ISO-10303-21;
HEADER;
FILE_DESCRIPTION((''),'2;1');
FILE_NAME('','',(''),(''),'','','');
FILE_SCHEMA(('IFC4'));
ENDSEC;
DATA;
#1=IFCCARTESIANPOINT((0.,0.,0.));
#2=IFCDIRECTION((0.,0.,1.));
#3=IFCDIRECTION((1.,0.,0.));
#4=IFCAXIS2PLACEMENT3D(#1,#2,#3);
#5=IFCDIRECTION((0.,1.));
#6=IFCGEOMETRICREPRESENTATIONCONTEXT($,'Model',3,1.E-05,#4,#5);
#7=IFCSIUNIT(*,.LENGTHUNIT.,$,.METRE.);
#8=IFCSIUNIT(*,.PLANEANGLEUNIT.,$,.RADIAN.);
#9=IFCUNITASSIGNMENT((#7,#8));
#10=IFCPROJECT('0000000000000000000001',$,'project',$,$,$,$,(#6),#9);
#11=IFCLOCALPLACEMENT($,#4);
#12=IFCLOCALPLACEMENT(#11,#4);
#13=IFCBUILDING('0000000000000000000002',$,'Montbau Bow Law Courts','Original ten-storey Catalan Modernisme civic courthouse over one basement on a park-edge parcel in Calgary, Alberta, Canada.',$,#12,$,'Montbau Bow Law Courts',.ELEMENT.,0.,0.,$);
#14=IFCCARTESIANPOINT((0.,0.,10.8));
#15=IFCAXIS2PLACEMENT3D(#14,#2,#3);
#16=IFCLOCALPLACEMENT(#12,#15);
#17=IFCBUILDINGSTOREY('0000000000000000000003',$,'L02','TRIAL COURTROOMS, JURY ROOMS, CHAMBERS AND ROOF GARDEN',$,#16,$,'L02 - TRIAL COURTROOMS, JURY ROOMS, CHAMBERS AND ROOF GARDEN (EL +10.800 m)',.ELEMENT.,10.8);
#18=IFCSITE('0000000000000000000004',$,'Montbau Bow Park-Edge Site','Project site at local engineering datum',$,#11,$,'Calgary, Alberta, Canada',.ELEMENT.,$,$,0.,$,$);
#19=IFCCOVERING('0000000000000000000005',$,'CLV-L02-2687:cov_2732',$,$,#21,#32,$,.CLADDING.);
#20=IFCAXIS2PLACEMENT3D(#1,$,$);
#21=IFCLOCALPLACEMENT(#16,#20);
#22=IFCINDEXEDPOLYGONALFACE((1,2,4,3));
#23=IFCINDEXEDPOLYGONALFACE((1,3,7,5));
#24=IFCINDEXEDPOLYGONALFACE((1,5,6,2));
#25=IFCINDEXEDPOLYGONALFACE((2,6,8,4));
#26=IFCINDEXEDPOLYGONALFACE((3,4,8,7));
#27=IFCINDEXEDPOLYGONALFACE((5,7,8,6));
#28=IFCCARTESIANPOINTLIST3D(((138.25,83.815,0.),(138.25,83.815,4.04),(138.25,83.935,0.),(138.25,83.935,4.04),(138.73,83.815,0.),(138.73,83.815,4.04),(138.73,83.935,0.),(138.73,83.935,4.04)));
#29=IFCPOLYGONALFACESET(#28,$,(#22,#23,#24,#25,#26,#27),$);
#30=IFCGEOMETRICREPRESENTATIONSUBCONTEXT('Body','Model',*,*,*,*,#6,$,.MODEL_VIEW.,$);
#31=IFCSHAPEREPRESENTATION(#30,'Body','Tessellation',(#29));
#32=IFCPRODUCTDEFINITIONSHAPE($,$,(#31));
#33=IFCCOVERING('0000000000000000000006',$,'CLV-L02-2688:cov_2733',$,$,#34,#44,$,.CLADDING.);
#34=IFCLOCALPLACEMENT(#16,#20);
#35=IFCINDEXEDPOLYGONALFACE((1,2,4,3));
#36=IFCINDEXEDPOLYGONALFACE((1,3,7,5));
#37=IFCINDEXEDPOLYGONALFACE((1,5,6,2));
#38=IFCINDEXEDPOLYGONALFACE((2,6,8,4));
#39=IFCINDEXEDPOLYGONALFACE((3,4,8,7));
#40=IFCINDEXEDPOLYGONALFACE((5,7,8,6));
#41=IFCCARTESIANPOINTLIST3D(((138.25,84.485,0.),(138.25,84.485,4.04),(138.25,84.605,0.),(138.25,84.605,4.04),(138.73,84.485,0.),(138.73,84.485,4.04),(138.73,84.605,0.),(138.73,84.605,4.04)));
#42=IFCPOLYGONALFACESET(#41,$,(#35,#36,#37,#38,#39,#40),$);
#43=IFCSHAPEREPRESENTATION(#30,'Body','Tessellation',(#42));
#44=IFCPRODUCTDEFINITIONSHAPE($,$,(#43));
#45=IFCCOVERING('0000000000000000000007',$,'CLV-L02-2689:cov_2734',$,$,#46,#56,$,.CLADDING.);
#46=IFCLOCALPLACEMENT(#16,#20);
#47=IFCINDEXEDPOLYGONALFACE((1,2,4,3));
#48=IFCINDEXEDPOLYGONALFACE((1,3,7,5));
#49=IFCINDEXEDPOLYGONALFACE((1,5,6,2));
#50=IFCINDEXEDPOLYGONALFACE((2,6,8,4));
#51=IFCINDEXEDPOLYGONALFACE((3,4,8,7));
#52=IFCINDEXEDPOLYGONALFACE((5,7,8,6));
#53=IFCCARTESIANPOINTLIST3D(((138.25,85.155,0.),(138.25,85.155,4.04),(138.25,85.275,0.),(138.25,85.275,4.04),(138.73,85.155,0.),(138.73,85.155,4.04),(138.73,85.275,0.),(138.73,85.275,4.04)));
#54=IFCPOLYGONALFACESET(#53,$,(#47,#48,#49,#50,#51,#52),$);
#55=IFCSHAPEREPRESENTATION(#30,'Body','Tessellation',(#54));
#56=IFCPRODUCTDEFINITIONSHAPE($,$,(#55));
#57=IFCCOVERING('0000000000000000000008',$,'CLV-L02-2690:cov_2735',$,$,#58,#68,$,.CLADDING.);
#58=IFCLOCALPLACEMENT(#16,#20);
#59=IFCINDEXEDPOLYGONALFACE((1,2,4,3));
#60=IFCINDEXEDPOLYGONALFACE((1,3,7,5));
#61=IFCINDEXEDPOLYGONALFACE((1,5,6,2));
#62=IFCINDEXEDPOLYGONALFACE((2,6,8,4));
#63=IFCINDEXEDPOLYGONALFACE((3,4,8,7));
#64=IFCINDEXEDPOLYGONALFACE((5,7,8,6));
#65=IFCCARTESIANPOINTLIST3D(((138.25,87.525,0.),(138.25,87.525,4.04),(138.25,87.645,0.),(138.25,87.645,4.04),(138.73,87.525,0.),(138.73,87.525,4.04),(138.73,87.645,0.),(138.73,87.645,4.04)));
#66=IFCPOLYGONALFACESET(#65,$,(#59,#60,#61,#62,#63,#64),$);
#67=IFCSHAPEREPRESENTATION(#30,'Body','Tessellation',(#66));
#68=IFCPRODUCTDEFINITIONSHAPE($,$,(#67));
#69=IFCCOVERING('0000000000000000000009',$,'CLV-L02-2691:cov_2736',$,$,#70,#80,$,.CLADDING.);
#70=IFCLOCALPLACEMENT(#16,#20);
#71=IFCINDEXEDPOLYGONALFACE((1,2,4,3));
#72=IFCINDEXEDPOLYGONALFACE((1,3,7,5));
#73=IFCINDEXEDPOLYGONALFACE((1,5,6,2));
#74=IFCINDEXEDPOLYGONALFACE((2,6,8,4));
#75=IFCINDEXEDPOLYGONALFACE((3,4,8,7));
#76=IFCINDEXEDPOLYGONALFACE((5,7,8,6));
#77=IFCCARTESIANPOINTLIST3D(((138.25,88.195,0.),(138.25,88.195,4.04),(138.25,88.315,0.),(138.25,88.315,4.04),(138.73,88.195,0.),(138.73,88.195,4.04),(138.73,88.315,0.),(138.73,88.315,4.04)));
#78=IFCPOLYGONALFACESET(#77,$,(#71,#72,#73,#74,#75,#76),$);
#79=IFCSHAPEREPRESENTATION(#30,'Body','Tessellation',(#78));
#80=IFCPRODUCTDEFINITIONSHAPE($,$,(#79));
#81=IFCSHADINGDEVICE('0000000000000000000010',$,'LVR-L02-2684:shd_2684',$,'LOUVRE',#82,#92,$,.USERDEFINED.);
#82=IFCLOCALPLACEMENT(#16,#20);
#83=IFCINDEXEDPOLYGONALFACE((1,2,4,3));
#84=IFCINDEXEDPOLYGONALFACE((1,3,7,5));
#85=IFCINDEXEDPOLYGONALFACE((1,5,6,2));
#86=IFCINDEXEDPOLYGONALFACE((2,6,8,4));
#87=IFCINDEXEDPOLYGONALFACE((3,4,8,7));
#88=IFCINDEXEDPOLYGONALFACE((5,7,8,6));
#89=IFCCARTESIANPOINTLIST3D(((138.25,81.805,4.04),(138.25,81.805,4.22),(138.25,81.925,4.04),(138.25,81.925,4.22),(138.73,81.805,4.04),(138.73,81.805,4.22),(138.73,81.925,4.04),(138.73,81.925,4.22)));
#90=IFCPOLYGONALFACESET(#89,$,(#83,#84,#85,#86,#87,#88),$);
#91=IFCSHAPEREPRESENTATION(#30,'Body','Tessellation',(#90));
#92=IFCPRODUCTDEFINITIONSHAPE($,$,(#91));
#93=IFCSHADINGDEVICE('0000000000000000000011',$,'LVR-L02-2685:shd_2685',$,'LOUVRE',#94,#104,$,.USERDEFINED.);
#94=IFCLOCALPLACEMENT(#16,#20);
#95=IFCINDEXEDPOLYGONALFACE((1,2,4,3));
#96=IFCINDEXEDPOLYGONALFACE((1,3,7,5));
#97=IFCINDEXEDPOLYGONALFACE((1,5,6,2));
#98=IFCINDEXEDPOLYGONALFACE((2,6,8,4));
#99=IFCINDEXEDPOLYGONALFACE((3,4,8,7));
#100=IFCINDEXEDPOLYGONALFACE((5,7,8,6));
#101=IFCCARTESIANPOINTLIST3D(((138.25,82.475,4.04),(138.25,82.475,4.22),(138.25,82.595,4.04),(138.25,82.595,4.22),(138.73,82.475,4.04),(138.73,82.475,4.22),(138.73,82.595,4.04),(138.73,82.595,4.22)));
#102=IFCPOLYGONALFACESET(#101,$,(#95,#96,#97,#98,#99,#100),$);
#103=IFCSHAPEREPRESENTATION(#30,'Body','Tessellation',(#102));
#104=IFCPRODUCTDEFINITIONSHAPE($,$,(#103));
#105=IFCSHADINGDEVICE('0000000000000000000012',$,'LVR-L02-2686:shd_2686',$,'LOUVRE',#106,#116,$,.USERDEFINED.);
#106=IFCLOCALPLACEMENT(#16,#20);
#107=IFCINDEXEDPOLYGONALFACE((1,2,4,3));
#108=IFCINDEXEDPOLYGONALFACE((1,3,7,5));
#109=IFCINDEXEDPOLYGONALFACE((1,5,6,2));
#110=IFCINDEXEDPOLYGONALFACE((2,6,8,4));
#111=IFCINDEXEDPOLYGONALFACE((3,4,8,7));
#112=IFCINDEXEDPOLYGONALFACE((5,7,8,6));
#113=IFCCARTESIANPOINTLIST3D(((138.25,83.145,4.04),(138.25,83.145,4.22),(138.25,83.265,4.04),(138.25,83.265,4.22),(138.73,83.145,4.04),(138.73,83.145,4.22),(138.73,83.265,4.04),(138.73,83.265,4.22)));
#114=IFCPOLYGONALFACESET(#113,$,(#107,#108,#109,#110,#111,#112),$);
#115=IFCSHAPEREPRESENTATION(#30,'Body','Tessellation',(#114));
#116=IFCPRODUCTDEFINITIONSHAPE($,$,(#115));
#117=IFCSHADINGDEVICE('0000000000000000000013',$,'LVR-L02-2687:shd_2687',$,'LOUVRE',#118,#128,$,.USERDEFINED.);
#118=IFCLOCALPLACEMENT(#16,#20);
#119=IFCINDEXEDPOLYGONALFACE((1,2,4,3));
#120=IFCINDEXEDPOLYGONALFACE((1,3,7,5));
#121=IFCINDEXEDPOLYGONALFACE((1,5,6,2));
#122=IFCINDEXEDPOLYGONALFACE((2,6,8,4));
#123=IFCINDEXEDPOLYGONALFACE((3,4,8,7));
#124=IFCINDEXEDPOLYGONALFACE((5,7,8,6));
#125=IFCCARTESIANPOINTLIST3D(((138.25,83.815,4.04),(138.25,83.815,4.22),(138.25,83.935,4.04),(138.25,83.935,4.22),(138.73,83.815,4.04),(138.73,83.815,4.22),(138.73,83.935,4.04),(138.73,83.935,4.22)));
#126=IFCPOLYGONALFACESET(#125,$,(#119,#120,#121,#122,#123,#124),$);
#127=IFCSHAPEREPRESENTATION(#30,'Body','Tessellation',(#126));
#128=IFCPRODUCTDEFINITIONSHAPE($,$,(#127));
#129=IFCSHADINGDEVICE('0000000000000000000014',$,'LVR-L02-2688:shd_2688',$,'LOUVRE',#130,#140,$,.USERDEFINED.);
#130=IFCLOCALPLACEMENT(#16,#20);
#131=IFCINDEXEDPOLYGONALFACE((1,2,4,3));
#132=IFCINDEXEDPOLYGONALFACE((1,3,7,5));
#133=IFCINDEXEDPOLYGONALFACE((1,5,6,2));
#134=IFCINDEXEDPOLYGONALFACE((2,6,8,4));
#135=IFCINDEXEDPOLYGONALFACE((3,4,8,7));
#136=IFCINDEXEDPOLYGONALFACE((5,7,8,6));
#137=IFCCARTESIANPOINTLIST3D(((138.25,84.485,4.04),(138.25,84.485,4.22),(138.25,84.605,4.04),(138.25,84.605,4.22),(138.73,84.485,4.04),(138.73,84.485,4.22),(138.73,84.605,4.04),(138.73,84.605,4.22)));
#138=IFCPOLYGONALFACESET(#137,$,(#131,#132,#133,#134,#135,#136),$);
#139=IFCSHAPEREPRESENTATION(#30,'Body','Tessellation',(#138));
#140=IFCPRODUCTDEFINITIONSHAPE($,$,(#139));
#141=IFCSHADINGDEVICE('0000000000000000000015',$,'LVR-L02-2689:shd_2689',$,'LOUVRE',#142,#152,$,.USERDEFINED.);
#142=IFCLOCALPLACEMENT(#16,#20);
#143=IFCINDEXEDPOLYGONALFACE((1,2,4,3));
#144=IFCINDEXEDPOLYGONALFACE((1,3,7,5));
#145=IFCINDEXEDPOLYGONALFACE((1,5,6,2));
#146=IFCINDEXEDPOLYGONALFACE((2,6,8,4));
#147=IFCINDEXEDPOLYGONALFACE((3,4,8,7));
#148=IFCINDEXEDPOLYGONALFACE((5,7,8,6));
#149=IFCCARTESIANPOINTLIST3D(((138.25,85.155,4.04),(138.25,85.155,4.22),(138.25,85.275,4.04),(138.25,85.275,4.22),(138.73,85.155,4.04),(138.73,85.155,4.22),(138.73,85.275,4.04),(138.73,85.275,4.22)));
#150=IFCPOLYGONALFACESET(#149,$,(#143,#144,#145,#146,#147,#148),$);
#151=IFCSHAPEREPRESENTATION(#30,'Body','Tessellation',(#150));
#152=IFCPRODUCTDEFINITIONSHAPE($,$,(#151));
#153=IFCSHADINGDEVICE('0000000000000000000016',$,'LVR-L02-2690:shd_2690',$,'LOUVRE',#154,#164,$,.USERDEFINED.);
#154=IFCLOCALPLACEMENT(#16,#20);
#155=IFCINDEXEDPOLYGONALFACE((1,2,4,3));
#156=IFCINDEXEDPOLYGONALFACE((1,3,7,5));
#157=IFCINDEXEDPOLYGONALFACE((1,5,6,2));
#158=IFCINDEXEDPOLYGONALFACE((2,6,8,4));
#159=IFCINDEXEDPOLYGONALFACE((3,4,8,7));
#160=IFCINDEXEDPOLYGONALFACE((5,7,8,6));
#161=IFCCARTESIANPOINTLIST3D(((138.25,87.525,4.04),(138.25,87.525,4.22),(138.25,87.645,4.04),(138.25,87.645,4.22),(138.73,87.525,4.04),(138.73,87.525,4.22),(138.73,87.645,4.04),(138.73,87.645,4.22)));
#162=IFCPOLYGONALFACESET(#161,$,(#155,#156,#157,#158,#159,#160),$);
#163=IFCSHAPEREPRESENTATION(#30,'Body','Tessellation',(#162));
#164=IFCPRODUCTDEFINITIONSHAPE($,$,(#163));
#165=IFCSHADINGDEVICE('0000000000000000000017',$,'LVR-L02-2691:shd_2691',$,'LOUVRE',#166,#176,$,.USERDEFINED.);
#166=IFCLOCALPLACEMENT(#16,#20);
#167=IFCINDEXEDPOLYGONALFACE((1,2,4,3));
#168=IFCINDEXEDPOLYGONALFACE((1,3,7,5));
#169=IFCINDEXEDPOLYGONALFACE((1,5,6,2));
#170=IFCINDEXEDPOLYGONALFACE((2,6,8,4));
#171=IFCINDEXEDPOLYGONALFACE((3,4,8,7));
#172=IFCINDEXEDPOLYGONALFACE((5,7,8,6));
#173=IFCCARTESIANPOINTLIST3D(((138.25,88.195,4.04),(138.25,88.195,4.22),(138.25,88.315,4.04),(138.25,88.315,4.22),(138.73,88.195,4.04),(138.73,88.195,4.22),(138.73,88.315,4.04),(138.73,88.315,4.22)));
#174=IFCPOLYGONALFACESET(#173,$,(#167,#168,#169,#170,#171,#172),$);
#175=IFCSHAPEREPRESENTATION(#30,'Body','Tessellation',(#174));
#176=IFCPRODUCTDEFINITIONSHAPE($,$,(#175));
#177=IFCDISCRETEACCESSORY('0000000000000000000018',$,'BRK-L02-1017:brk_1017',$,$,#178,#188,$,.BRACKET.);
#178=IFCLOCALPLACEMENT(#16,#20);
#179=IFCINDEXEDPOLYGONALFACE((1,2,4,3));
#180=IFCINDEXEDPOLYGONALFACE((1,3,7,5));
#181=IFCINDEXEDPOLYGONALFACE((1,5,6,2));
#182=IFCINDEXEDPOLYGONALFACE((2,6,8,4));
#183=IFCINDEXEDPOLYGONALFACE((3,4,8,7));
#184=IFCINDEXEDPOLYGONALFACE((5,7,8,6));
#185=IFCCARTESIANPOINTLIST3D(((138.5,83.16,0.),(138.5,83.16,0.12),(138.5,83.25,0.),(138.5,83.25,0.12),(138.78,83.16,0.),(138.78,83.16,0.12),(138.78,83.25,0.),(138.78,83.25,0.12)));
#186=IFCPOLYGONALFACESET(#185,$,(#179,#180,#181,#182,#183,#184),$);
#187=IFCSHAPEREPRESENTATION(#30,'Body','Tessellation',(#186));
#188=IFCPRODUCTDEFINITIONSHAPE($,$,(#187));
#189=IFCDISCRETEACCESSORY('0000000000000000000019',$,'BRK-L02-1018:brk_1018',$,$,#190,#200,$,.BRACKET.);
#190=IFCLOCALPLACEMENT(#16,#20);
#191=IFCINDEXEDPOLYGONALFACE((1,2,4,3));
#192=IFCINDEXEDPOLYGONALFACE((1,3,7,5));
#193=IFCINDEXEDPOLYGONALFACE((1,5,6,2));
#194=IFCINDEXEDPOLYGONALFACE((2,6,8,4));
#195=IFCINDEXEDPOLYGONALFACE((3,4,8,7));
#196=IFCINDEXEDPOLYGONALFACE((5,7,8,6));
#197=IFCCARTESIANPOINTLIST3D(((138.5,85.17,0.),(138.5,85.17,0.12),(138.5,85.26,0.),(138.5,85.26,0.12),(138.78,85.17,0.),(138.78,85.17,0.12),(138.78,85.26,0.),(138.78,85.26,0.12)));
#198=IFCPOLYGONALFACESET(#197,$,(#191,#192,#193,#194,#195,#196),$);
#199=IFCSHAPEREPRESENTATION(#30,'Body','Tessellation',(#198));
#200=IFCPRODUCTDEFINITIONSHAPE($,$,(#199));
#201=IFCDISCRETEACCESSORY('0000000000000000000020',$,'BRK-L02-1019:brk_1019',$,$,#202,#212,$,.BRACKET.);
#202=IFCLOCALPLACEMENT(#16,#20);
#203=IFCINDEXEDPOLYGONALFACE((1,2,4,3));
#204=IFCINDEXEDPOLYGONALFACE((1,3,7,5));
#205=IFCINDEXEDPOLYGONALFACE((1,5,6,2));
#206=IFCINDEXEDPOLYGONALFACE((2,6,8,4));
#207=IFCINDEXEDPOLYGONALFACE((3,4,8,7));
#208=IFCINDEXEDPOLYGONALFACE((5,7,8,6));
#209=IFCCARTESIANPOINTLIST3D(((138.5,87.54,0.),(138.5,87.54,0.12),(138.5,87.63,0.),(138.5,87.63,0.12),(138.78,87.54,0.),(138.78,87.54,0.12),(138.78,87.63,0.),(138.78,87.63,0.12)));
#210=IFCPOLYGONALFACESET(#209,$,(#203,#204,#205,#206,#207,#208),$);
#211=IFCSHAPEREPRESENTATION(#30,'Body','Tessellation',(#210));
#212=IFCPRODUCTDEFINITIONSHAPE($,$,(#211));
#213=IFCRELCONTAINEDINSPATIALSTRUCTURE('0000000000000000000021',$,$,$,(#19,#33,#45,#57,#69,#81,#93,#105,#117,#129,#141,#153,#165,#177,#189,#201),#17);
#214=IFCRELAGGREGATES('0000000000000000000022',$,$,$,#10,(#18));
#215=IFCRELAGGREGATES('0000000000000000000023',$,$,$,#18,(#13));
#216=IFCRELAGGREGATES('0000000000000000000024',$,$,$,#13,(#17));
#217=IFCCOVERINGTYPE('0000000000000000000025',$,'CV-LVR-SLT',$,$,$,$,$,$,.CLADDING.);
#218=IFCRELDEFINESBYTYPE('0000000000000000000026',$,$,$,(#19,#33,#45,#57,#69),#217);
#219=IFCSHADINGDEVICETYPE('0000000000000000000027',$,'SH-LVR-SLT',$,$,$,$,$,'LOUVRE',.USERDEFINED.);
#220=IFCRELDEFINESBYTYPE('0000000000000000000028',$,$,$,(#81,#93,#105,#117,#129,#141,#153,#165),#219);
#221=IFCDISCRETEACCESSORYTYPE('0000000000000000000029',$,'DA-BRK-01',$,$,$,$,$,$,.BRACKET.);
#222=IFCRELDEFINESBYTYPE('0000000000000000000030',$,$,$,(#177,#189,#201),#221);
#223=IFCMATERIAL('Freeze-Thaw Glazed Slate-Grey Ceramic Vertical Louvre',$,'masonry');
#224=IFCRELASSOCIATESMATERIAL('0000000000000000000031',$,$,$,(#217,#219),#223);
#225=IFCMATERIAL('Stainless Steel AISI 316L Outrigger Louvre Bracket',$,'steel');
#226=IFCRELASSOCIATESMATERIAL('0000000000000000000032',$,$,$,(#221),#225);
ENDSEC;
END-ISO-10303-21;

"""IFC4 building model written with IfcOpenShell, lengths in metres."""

from ifc_helpers import new_model, si_unit, direction, frame, frame_2d, origin_with_axes, origin_2d_with_axis, place, context, subcontext, project, spatial, rectangle, extrude, material, type_object, element, save


model = new_model("IFC4")

# Units and contexts
model_context = context("Model", 3, precision=1e-05, world=origin_with_axes(), true_north=direction((0.0, 1.0)))
body_context = subcontext(model_context, "Body", "Model", "MODEL_VIEW")
ifc_project = project(units=[si_unit("LENGTHUNIT", "METRE"), si_unit("PLANEANGLEUNIT", "RADIAN")], contexts=[model_context])

# Site, building, storey
site_placement = place(None, origin_with_axes())
site = spatial("IfcSite", under=ifc_project, at=site_placement, Name="Montbau Bow Park-Edge Site", Description="Project site at local engineering datum", LongName="Calgary, Alberta, Canada", CompositionType="ELEMENT", RefElevation=0.0)
building_placement = place(site_placement, origin_with_axes())
building = spatial("IfcBuilding", under=site, at=building_placement, Name="Montbau Bow Law Courts", Description="Original ten-storey Catalan Modernisme civic courthouse over one basement on a park-edge parcel in Calgary, Alberta, Canada.", LongName="Montbau Bow Law Courts", CompositionType="ELEMENT", ElevationOfRefHeight=0.0, ElevationOfTerrain=0.0)
storey_placement = place(building_placement, frame((0.0, 0.0, 10.8), z_axis=(0.0, 0.0, 1.0), x_axis=(1.0, 0.0, 0.0)))
storey = spatial("IfcBuildingStorey", under=building, at=storey_placement, Name="L02", Description="TRIAL COURTROOMS, JURY ROOMS, CHAMBERS AND ROOF GARDEN", LongName="L02 - TRIAL COURTROOMS, JURY ROOMS, CHAMBERS AND ROOF GARDEN (EL +10.800 m)", CompositionType="ELEMENT", Elevation=10.8)

# Coverings
ifc_material_1 = material(Name="Freeze-Thaw Glazed Slate-Grey Ceramic Vertical Louvre", Category="masonry")
covering_type = type_object("IfcCoveringType", Name="CV-LVR-SLT", PredefinedType="CLADDING", material=ifc_material_1)
for number, where, z_axis, x_axis, name in (
    (1, (138.73, 83.875, 10.8), (0.0, 1.0, 0.0), (-1.0, 0.0, 0.0), "CLV-L02-2687:cov_2732"),
    (2, (138.73, 84.545, 10.8), (0.0, 1.0, 0.0), (-1.0, 0.0, 0.0), "CLV-L02-2688:cov_2733"),
    (3, (138.73, 85.215, 10.8), (0.0, 1.0, 0.0), (-1.0, 0.0, 0.0), "CLV-L02-2689:cov_2734"),
    (4, (138.73, 87.585, 10.8), (0.0, 1.0, 0.0), (-1.0, 0.0, 0.0), "CLV-L02-2690:cov_2735"),
    (5, (138.73, 88.255, 10.8), (0.0, 1.0, 0.0), (-1.0, 0.0, 0.0), "CLV-L02-2691:cov_2736"),
):
    element("IfcCovering", number, at=place(None, frame(where, z_axis=z_axis, x_axis=x_axis)), inside=storey, type_object=covering_type, Name=name, PredefinedType="CLADDING", context=body_context, shape_type="SweptSolid", body=[
        extrude(rectangle(XDim=0.48, YDim=4.04, at=frame_2d((0.24, 2.02), x_axis=(1.0, 0.0))), frame((0.0, 0.0, -0.06), z_axis=(0.0, 0.0, 1.0), x_axis=(1.0, 0.0, 0.0)), (0.0, 0.0, 1.0), 0.12),
    ])

# Shading devices
shading_device_type = type_object("IfcShadingDeviceType", Name="SH-LVR-SLT", ElementType="LOUVRE", PredefinedType="USERDEFINED", material=ifc_material_1)
for number, where, z_axis, x_axis, name in (
    (6, (138.49, 81.865, 14.84), (0.0, 0.0, 1.0), (-1.0, 0.0, 0.0), "LVR-L02-2684:shd_2684"),
    (7, (138.49, 82.535, 14.84), (0.0, 0.0, 1.0), (-1.0, 0.0, 0.0), "LVR-L02-2685:shd_2685"),
    (8, (138.49, 83.205, 14.84), (0.0, 0.0, 1.0), (-1.0, 0.0, 0.0), "LVR-L02-2686:shd_2686"),
    (9, (138.49, 83.875, 14.84), (0.0, 0.0, 1.0), (-1.0, 0.0, 0.0), "LVR-L02-2687:shd_2687"),
    (10, (138.49, 84.545, 14.84), (0.0, 0.0, 1.0), (-1.0, 0.0, 0.0), "LVR-L02-2688:shd_2688"),
    (11, (138.49, 85.215, 14.84), (0.0, 0.0, 1.0), (-1.0, 0.0, 0.0), "LVR-L02-2689:shd_2689"),
    (12, (138.49, 87.585, 14.84), (0.0, 0.0, 1.0), (-1.0, 0.0, 0.0), "LVR-L02-2690:shd_2690"),
    (13, (138.49, 88.255, 14.84), (0.0, 0.0, 1.0), (-1.0, 0.0, 0.0), "LVR-L02-2691:shd_2691"),
):
    element("IfcShadingDevice", number, at=place(None, frame(where, z_axis=z_axis, x_axis=x_axis)), inside=storey, type_object=shading_device_type, Name=name, ObjectType="LOUVRE", PredefinedType="USERDEFINED", context=body_context, shape_type="SweptSolid", body=[
        extrude(rectangle(XDim=0.48, YDim=0.12, at=origin_2d_with_axis()), origin_with_axes(), (0.0, 0.0, 1.0), 0.18),
    ])

# Discrete accessories
ifc_material_2 = material(Name="Stainless Steel AISI 316L Outrigger Louvre Bracket", Category="steel")
discrete_accessory_type = type_object("IfcDiscreteAccessoryType", Name="DA-BRK-01", PredefinedType="BRACKET", material=ifc_material_2)
for number, where, z_axis, x_axis, name in (
    (14, (138.64, 83.205, 10.8), (0.0, 0.0, 1.0), (-1.0, 0.0, 0.0), "BRK-L02-1017:brk_1017"),
    (15, (138.64, 85.215, 10.8), (0.0, 0.0, 1.0), (-1.0, 0.0, 0.0), "BRK-L02-1018:brk_1018"),
    (16, (138.64, 87.585, 10.8), (0.0, 0.0, 1.0), (-1.0, 0.0, 0.0), "BRK-L02-1019:brk_1019"),
):
    element("IfcDiscreteAccessory", number, at=place(None, frame(where, z_axis=z_axis, x_axis=x_axis)), inside=storey, type_object=discrete_accessory_type, Name=name, PredefinedType="BRACKET", context=body_context, shape_type="SweptSolid", body=[
        extrude(rectangle(XDim=0.28, YDim=0.09, at=origin_2d_with_axis()), origin_with_axes(), (0.0, 0.0, 1.0), 0.12),
    ])

save(model, "model.ifc")
